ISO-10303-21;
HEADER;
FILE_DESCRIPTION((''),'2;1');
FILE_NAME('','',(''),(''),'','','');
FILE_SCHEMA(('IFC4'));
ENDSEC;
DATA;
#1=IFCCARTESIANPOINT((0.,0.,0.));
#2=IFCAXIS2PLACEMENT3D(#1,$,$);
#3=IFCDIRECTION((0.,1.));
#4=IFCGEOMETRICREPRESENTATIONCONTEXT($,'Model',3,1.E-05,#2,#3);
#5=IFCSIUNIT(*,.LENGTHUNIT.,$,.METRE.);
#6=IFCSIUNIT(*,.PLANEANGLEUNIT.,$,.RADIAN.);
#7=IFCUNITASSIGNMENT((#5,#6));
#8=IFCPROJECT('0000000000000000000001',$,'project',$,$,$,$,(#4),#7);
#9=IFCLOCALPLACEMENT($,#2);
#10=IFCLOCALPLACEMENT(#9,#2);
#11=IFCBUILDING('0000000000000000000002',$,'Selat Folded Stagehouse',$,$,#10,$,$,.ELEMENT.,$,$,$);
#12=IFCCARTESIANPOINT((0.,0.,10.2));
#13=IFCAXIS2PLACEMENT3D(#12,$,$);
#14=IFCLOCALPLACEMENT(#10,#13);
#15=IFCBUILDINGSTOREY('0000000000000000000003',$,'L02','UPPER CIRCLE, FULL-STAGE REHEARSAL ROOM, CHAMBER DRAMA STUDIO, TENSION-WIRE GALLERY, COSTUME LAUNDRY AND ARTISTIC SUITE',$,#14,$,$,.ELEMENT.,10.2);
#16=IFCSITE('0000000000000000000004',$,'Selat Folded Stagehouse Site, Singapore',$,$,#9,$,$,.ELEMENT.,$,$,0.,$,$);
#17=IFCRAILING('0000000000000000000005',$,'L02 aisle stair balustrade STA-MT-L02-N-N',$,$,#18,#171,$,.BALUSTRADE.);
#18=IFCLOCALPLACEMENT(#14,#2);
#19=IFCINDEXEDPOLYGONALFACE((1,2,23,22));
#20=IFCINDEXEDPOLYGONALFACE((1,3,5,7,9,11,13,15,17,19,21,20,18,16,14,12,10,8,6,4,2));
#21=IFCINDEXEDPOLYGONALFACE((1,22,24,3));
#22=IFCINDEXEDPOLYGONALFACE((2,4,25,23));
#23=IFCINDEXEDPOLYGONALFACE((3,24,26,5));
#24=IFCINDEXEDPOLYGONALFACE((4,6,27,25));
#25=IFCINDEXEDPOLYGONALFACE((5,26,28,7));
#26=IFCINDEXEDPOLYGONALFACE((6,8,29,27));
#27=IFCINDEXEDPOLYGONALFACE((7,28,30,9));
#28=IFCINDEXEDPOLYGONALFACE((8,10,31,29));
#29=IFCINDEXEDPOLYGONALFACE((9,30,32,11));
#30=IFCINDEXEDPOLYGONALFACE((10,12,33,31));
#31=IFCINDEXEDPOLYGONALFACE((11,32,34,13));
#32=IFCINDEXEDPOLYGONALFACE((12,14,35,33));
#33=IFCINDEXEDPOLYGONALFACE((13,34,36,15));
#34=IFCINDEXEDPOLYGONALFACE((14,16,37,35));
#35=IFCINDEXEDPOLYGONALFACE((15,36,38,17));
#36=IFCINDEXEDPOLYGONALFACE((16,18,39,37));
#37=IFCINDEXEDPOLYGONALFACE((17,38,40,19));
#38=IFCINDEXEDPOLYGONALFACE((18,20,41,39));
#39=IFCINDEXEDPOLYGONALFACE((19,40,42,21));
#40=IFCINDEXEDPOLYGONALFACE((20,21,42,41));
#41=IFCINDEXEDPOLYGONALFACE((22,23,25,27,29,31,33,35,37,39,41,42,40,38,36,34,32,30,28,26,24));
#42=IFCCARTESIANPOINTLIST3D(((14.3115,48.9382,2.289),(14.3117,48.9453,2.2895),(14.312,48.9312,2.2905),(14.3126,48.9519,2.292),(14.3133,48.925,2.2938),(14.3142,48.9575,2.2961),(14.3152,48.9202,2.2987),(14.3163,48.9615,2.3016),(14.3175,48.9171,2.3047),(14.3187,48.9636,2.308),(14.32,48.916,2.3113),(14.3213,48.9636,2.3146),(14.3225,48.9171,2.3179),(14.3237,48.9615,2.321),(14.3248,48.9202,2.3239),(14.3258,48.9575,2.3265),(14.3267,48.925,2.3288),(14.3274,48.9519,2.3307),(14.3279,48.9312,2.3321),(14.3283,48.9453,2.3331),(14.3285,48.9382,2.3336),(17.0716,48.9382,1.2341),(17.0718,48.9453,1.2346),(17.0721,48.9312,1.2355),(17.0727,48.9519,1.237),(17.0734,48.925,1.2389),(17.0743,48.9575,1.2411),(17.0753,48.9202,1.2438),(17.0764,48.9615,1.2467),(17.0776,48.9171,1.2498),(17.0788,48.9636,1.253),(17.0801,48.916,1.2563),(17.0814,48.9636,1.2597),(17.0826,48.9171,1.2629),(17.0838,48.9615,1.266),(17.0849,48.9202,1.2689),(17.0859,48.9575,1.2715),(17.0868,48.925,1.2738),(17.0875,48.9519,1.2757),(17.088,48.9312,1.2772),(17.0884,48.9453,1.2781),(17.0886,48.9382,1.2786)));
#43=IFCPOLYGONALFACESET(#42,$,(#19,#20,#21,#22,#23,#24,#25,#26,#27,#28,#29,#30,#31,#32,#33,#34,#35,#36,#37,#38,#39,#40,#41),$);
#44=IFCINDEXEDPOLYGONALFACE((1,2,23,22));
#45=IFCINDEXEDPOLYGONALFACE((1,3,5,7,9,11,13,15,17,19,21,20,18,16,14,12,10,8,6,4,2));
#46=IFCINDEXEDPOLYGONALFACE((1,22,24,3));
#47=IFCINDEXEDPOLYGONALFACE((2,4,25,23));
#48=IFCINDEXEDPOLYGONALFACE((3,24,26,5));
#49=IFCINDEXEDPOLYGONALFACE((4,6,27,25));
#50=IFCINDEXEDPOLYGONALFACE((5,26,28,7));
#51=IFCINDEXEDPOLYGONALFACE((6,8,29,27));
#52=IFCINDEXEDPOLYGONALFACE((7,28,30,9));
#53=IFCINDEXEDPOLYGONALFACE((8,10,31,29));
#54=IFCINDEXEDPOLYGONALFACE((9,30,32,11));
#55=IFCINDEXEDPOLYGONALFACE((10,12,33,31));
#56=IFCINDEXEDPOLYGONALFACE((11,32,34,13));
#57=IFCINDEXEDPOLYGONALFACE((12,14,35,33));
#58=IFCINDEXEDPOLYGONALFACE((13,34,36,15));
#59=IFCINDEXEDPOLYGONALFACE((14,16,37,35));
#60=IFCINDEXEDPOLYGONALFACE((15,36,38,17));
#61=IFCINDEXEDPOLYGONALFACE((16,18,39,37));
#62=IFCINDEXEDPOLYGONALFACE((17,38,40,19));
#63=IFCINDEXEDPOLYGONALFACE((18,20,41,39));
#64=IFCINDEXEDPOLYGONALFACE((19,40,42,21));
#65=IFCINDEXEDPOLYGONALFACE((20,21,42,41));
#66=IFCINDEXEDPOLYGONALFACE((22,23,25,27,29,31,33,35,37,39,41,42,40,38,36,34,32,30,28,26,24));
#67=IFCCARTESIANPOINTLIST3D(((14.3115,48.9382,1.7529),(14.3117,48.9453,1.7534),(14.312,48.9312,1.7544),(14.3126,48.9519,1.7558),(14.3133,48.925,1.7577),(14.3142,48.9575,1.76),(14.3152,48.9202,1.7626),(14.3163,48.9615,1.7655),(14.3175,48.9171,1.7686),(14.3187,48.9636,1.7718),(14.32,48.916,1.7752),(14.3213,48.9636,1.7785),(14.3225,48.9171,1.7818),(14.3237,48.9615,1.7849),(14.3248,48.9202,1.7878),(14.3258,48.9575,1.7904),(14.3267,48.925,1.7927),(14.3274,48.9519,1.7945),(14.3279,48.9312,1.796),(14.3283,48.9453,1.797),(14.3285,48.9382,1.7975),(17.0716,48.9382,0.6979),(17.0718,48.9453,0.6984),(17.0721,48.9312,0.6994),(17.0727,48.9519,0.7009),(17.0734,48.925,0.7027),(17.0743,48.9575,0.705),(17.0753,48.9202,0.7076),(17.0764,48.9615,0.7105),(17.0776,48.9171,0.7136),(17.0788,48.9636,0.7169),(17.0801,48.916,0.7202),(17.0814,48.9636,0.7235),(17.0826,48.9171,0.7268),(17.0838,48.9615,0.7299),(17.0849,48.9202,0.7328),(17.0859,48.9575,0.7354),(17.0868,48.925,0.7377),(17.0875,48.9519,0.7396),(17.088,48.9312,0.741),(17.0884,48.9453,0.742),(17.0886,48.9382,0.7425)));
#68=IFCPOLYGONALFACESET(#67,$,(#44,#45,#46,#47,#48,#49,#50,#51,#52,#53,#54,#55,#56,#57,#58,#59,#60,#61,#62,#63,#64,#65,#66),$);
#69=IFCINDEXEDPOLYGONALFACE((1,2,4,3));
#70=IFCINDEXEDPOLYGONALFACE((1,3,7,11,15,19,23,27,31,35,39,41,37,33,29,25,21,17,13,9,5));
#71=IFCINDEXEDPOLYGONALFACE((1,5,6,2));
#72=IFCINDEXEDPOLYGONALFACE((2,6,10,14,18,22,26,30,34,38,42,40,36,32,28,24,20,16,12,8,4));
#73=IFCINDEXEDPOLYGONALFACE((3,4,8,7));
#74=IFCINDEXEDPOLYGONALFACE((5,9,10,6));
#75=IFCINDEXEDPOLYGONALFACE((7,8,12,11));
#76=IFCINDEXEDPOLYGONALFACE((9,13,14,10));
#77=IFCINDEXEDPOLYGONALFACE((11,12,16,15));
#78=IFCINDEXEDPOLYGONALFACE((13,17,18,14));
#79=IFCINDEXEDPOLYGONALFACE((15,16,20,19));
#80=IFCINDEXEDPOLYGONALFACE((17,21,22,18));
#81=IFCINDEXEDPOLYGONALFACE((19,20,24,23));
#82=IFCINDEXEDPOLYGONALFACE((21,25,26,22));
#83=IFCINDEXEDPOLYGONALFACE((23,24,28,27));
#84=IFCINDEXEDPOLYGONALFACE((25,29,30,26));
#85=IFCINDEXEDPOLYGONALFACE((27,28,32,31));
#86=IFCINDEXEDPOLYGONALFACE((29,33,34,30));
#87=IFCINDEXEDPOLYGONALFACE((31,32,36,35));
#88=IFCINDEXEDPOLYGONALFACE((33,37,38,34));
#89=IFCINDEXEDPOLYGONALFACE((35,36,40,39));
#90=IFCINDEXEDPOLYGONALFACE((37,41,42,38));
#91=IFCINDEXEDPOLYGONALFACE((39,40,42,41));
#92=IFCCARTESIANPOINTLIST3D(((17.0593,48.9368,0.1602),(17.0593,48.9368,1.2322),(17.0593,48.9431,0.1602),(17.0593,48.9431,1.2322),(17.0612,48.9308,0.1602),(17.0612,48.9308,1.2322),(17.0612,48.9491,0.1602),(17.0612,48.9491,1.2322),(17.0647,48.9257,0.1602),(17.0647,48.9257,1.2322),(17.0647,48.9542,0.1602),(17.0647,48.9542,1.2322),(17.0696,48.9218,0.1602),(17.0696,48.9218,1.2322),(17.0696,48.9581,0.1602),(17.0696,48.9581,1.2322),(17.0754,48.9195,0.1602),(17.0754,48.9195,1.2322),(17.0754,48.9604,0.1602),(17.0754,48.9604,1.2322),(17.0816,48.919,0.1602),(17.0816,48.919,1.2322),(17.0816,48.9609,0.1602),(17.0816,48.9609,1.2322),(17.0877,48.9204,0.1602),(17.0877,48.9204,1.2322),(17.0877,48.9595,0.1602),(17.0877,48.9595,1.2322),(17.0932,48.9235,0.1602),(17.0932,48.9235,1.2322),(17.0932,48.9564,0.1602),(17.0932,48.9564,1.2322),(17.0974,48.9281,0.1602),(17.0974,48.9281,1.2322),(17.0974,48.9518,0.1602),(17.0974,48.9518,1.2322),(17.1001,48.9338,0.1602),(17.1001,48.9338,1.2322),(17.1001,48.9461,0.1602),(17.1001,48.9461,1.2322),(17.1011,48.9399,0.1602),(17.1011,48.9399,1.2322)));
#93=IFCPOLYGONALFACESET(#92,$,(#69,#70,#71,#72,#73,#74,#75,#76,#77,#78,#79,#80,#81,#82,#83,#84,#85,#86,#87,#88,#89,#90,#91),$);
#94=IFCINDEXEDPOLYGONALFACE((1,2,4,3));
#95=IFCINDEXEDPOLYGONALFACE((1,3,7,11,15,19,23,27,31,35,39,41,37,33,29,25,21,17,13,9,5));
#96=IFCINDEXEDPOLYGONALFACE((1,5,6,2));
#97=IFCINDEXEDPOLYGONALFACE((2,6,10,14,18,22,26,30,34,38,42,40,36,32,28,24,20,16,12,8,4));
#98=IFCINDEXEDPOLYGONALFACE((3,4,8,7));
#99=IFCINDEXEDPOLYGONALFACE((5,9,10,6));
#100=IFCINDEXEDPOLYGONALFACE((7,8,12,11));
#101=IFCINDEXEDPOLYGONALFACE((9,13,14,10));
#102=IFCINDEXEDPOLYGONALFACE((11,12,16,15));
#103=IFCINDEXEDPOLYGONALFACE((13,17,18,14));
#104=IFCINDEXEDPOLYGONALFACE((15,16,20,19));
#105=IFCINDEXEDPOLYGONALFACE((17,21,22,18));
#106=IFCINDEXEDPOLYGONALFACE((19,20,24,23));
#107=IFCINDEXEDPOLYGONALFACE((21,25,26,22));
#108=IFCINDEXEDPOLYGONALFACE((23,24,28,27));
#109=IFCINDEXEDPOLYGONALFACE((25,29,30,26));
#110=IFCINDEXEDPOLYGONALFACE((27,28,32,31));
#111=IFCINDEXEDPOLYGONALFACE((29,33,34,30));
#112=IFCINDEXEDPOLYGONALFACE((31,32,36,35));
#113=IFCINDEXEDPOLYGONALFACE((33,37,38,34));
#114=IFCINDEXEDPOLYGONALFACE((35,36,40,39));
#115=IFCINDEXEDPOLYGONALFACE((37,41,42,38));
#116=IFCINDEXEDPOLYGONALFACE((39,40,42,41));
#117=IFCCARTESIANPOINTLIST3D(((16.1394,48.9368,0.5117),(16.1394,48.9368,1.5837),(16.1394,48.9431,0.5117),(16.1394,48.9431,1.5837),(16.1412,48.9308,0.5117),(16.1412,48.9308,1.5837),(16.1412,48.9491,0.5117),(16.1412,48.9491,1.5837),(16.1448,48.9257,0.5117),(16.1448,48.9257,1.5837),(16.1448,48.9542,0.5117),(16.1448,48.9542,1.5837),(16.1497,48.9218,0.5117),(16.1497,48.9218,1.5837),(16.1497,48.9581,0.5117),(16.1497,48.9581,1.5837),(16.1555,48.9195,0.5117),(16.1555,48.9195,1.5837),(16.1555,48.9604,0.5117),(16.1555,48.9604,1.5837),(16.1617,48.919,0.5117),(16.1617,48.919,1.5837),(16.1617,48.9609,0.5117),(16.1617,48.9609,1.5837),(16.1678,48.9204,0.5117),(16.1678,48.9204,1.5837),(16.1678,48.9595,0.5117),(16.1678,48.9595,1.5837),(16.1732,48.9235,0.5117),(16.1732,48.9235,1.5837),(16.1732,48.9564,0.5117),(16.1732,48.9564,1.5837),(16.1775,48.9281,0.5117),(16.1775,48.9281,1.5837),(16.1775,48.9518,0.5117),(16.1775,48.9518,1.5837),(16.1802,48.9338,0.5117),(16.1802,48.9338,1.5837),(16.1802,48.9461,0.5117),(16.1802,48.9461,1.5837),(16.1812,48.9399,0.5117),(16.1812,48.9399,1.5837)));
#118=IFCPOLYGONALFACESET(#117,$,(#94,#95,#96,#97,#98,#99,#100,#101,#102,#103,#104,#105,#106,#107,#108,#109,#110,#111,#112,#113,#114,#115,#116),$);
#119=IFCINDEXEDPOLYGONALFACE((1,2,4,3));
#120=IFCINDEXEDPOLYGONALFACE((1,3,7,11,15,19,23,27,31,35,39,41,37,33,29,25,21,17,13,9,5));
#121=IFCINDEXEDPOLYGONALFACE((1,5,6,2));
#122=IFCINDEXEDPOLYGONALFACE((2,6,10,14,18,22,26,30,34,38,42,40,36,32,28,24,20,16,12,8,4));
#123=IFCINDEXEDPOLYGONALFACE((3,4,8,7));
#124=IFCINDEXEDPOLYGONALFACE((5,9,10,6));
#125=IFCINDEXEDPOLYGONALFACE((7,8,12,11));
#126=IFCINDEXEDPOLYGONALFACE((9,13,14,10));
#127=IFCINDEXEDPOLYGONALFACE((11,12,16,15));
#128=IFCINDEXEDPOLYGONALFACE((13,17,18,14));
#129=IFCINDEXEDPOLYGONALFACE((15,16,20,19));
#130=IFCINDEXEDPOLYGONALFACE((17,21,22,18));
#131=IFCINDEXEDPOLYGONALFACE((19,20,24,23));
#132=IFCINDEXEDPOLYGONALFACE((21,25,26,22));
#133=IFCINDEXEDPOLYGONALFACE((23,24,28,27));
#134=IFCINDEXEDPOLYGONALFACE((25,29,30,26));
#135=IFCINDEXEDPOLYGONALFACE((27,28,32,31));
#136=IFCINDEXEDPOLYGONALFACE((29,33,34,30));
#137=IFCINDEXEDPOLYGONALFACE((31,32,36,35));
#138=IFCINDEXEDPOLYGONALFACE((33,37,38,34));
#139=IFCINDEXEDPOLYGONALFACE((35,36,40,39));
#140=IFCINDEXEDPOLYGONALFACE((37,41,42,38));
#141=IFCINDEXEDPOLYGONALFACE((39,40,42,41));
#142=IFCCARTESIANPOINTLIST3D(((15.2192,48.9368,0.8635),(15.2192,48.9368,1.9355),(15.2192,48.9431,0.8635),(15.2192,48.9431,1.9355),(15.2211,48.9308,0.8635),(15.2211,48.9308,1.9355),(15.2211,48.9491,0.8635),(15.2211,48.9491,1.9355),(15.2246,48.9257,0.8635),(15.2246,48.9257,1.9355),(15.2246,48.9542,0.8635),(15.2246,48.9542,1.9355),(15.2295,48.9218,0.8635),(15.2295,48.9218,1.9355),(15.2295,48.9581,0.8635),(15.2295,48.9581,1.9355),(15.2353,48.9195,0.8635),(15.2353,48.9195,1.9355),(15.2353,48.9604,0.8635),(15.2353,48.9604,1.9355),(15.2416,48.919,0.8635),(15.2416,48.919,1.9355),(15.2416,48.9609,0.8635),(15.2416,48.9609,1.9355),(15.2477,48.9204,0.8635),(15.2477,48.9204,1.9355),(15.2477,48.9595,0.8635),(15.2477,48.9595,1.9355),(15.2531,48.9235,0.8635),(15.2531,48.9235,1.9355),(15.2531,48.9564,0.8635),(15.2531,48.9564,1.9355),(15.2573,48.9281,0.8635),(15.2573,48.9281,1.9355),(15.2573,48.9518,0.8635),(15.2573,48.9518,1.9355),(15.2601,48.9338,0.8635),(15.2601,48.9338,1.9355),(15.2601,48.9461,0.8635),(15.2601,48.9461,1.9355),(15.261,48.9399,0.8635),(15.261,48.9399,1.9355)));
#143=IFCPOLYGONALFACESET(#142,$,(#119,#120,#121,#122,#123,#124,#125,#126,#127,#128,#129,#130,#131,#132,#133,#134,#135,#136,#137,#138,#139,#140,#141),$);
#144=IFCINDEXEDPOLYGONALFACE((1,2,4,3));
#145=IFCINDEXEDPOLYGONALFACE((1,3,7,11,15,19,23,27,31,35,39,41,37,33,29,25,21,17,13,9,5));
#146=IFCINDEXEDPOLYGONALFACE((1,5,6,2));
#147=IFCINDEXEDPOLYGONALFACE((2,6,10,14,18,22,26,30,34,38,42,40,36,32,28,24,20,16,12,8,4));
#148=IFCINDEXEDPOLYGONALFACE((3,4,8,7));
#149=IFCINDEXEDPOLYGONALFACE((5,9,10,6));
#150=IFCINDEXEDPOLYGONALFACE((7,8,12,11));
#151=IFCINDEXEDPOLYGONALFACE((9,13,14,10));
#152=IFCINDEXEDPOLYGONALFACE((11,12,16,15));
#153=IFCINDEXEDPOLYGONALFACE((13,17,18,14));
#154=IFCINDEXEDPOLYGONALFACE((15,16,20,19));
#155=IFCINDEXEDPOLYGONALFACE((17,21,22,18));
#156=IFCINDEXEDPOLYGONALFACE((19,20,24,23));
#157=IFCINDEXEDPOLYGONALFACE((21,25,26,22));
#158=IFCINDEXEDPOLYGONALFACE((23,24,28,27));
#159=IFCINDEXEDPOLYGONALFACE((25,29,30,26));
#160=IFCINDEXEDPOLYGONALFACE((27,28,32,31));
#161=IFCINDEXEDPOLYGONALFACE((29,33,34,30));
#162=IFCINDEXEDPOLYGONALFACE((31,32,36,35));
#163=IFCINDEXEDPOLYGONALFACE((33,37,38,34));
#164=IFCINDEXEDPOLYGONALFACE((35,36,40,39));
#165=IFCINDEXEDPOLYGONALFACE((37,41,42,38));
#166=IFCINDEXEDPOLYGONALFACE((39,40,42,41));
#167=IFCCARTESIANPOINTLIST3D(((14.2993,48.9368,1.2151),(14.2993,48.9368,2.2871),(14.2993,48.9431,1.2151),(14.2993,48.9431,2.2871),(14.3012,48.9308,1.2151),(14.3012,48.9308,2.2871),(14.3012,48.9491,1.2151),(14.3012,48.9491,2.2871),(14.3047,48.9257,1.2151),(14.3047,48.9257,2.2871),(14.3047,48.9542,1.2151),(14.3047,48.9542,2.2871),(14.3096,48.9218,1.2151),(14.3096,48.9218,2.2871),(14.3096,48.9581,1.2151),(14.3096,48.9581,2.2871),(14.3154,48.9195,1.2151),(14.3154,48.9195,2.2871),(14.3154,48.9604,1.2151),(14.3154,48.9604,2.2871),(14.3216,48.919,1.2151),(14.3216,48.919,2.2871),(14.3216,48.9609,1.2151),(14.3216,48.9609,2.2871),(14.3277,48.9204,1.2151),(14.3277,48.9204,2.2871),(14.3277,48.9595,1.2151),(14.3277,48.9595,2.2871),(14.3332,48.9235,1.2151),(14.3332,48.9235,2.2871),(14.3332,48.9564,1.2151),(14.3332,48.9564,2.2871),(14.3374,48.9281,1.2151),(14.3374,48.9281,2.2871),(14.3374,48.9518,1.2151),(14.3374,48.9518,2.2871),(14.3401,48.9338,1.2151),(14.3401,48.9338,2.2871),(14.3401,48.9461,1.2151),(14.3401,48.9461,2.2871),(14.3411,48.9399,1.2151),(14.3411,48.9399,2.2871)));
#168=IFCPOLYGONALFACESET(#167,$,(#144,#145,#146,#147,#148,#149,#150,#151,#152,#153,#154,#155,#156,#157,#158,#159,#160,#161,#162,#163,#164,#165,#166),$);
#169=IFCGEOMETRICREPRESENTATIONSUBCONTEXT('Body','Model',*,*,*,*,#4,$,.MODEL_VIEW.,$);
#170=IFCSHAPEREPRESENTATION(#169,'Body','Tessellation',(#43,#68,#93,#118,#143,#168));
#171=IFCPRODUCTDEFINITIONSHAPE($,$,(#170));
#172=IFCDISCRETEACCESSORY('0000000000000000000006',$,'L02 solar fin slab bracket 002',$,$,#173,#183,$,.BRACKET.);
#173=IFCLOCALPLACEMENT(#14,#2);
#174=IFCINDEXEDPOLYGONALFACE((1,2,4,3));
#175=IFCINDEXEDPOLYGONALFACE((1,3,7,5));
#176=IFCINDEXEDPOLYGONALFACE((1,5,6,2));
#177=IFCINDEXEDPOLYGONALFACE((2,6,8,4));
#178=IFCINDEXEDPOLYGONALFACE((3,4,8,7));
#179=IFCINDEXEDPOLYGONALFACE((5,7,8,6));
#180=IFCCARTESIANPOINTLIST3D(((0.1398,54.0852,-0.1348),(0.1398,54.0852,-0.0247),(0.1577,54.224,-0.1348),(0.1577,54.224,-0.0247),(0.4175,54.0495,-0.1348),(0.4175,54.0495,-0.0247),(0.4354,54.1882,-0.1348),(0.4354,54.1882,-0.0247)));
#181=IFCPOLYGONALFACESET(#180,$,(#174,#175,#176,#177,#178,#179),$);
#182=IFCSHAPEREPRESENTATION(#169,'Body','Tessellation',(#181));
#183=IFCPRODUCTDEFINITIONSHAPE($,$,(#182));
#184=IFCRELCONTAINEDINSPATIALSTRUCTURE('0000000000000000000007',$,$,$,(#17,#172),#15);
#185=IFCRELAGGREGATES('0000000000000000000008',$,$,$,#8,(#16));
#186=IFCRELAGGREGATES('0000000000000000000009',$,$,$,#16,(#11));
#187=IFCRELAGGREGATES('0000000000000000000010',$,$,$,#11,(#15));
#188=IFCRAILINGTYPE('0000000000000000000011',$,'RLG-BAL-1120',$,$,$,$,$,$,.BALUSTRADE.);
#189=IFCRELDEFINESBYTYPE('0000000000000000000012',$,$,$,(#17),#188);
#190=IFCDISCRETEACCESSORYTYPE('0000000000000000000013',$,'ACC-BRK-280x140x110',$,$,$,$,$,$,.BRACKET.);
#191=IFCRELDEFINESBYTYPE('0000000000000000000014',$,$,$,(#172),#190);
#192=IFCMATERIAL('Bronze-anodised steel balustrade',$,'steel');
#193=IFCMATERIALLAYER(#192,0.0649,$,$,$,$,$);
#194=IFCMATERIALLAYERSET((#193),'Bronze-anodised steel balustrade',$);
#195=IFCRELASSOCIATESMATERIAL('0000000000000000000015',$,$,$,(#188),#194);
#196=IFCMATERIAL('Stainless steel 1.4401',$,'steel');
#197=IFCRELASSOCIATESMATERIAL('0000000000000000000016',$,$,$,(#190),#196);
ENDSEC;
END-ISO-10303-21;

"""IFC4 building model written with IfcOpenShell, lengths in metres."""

from ifc_helpers import new_model, si_unit, direction, frame, origin, origin_2d, place, context, subcontext, project, spatial, rectangle, circle, extrude, material, layer, layer_set, type_object, element, save


model = new_model("IFC4")

# Units and contexts
model_context = context("Model", 3, precision=1e-05, world=origin(), true_north=direction((0.0, 1.0)))
body_context = subcontext(model_context, "Body", "Model", "MODEL_VIEW")
ifc_project = project(units=[si_unit("LENGTHUNIT", "METRE"), si_unit("PLANEANGLEUNIT", "RADIAN")], contexts=[model_context])

# Site, building, storey
site_placement = place(None, origin())
site = spatial("IfcSite", under=ifc_project, at=site_placement, Name="Selat Folded Stagehouse Site, Singapore", CompositionType="ELEMENT", RefElevation=0.0)
building_placement = place(site_placement, origin())
building = spatial("IfcBuilding", under=site, at=building_placement, Name="Selat Folded Stagehouse", CompositionType="ELEMENT")
storey_placement = place(building_placement, frame((0.0, 0.0, 10.2)))
storey = spatial("IfcBuildingStorey", under=building, at=storey_placement, Name="L02", Description="UPPER CIRCLE, FULL-STAGE REHEARSAL ROOM, CHAMBER DRAMA STUDIO, TENSION-WIRE GALLERY, COSTUME LAUNDRY AND ARTISTIC SUITE", CompositionType="ELEMENT", Elevation=10.2)

# Railing
ifc_material_1 = material(Name="Bronze-anodised steel balustrade", Category="steel")
ifc_layer_1 = layer(ifc_material_1, 0.0649)
ifc_layer_set_1 = layer_set([ifc_layer_1], Name="Bronze-anodised steel balustrade")
railing_type = type_object("IfcRailingType", Name="RLG-BAL-1120", PredefinedType="BALUSTRADE", material=ifc_layer_set_1)
for number, where, name in (
    (1, (17.0801, 48.9399, 0.1602), "L02 aisle stair balustrade STA-MT-L02-N-N"),
):
    element("IfcRailing", number, at=place(storey_placement, frame(where)), inside=storey, type_object=railing_type, Name=name, PredefinedType="BALUSTRADE", context=body_context, shape_type="SweptSolid", body=[
        extrude(circle(Radius=0.0239, at=origin_2d()), frame((0.0, 0.0, 1.0962), z_axis=(-0.934093, 0.0, 0.357029), x_axis=(0.0, -1.0, 0.0)), (0.0, 0.0, 1.0), 2.9548),
        extrude(circle(Radius=0.0239, at=origin_2d()), frame((0.0, 0.0, 0.5601), z_axis=(-0.934093, 0.0, 0.357029), x_axis=(0.0, -1.0, 0.0)), (0.0, 0.0, 1.0), 2.9548),
        extrude(circle(Radius=0.021, at=origin_2d()), origin(), (0.0, 0.0, 1.0), 1.072),
        extrude(circle(Radius=0.021, at=origin_2d()), frame((-0.9199, 0.0, 0.3516)), (0.0, 0.0, 1.0), 1.072),
        extrude(circle(Radius=0.021, at=origin_2d()), frame((-1.8401, 0.0, 0.7034)), (0.0, 0.0, 1.0), 1.072),
        extrude(circle(Radius=0.021, at=origin_2d()), frame((-2.76, 0.0, 1.0549)), (0.0, 0.0, 1.0), 1.072),
    ])

# Discrete accessory
ifc_material_2 = material(Name="Stainless steel 1.4401", Category="steel")
discrete_accessory_type = type_object("IfcDiscreteAccessoryType", Name="ACC-BRK-280x140x110", PredefinedType="BRACKET", material=ifc_material_2)
discrete_accessory_placement = place(storey_placement, frame((0.2876, 54.1367, -0.1348), z_axis=(0.0, 0.0, 1.0), x_axis=(-0.991828, 0.127584, 0.0)))
element("IfcDiscreteAccessory", 2, at=discrete_accessory_placement, inside=storey, type_object=discrete_accessory_type, Name="L02 solar fin slab bracket 002", PredefinedType="BRACKET", context=body_context, shape_type="SweptSolid", body=[
    extrude(rectangle(XDim=0.28, YDim=0.1399, at=origin_2d()), origin(), (0.0, 0.0, 1.0), 0.1101),
])

save(model, "model.ifc")
